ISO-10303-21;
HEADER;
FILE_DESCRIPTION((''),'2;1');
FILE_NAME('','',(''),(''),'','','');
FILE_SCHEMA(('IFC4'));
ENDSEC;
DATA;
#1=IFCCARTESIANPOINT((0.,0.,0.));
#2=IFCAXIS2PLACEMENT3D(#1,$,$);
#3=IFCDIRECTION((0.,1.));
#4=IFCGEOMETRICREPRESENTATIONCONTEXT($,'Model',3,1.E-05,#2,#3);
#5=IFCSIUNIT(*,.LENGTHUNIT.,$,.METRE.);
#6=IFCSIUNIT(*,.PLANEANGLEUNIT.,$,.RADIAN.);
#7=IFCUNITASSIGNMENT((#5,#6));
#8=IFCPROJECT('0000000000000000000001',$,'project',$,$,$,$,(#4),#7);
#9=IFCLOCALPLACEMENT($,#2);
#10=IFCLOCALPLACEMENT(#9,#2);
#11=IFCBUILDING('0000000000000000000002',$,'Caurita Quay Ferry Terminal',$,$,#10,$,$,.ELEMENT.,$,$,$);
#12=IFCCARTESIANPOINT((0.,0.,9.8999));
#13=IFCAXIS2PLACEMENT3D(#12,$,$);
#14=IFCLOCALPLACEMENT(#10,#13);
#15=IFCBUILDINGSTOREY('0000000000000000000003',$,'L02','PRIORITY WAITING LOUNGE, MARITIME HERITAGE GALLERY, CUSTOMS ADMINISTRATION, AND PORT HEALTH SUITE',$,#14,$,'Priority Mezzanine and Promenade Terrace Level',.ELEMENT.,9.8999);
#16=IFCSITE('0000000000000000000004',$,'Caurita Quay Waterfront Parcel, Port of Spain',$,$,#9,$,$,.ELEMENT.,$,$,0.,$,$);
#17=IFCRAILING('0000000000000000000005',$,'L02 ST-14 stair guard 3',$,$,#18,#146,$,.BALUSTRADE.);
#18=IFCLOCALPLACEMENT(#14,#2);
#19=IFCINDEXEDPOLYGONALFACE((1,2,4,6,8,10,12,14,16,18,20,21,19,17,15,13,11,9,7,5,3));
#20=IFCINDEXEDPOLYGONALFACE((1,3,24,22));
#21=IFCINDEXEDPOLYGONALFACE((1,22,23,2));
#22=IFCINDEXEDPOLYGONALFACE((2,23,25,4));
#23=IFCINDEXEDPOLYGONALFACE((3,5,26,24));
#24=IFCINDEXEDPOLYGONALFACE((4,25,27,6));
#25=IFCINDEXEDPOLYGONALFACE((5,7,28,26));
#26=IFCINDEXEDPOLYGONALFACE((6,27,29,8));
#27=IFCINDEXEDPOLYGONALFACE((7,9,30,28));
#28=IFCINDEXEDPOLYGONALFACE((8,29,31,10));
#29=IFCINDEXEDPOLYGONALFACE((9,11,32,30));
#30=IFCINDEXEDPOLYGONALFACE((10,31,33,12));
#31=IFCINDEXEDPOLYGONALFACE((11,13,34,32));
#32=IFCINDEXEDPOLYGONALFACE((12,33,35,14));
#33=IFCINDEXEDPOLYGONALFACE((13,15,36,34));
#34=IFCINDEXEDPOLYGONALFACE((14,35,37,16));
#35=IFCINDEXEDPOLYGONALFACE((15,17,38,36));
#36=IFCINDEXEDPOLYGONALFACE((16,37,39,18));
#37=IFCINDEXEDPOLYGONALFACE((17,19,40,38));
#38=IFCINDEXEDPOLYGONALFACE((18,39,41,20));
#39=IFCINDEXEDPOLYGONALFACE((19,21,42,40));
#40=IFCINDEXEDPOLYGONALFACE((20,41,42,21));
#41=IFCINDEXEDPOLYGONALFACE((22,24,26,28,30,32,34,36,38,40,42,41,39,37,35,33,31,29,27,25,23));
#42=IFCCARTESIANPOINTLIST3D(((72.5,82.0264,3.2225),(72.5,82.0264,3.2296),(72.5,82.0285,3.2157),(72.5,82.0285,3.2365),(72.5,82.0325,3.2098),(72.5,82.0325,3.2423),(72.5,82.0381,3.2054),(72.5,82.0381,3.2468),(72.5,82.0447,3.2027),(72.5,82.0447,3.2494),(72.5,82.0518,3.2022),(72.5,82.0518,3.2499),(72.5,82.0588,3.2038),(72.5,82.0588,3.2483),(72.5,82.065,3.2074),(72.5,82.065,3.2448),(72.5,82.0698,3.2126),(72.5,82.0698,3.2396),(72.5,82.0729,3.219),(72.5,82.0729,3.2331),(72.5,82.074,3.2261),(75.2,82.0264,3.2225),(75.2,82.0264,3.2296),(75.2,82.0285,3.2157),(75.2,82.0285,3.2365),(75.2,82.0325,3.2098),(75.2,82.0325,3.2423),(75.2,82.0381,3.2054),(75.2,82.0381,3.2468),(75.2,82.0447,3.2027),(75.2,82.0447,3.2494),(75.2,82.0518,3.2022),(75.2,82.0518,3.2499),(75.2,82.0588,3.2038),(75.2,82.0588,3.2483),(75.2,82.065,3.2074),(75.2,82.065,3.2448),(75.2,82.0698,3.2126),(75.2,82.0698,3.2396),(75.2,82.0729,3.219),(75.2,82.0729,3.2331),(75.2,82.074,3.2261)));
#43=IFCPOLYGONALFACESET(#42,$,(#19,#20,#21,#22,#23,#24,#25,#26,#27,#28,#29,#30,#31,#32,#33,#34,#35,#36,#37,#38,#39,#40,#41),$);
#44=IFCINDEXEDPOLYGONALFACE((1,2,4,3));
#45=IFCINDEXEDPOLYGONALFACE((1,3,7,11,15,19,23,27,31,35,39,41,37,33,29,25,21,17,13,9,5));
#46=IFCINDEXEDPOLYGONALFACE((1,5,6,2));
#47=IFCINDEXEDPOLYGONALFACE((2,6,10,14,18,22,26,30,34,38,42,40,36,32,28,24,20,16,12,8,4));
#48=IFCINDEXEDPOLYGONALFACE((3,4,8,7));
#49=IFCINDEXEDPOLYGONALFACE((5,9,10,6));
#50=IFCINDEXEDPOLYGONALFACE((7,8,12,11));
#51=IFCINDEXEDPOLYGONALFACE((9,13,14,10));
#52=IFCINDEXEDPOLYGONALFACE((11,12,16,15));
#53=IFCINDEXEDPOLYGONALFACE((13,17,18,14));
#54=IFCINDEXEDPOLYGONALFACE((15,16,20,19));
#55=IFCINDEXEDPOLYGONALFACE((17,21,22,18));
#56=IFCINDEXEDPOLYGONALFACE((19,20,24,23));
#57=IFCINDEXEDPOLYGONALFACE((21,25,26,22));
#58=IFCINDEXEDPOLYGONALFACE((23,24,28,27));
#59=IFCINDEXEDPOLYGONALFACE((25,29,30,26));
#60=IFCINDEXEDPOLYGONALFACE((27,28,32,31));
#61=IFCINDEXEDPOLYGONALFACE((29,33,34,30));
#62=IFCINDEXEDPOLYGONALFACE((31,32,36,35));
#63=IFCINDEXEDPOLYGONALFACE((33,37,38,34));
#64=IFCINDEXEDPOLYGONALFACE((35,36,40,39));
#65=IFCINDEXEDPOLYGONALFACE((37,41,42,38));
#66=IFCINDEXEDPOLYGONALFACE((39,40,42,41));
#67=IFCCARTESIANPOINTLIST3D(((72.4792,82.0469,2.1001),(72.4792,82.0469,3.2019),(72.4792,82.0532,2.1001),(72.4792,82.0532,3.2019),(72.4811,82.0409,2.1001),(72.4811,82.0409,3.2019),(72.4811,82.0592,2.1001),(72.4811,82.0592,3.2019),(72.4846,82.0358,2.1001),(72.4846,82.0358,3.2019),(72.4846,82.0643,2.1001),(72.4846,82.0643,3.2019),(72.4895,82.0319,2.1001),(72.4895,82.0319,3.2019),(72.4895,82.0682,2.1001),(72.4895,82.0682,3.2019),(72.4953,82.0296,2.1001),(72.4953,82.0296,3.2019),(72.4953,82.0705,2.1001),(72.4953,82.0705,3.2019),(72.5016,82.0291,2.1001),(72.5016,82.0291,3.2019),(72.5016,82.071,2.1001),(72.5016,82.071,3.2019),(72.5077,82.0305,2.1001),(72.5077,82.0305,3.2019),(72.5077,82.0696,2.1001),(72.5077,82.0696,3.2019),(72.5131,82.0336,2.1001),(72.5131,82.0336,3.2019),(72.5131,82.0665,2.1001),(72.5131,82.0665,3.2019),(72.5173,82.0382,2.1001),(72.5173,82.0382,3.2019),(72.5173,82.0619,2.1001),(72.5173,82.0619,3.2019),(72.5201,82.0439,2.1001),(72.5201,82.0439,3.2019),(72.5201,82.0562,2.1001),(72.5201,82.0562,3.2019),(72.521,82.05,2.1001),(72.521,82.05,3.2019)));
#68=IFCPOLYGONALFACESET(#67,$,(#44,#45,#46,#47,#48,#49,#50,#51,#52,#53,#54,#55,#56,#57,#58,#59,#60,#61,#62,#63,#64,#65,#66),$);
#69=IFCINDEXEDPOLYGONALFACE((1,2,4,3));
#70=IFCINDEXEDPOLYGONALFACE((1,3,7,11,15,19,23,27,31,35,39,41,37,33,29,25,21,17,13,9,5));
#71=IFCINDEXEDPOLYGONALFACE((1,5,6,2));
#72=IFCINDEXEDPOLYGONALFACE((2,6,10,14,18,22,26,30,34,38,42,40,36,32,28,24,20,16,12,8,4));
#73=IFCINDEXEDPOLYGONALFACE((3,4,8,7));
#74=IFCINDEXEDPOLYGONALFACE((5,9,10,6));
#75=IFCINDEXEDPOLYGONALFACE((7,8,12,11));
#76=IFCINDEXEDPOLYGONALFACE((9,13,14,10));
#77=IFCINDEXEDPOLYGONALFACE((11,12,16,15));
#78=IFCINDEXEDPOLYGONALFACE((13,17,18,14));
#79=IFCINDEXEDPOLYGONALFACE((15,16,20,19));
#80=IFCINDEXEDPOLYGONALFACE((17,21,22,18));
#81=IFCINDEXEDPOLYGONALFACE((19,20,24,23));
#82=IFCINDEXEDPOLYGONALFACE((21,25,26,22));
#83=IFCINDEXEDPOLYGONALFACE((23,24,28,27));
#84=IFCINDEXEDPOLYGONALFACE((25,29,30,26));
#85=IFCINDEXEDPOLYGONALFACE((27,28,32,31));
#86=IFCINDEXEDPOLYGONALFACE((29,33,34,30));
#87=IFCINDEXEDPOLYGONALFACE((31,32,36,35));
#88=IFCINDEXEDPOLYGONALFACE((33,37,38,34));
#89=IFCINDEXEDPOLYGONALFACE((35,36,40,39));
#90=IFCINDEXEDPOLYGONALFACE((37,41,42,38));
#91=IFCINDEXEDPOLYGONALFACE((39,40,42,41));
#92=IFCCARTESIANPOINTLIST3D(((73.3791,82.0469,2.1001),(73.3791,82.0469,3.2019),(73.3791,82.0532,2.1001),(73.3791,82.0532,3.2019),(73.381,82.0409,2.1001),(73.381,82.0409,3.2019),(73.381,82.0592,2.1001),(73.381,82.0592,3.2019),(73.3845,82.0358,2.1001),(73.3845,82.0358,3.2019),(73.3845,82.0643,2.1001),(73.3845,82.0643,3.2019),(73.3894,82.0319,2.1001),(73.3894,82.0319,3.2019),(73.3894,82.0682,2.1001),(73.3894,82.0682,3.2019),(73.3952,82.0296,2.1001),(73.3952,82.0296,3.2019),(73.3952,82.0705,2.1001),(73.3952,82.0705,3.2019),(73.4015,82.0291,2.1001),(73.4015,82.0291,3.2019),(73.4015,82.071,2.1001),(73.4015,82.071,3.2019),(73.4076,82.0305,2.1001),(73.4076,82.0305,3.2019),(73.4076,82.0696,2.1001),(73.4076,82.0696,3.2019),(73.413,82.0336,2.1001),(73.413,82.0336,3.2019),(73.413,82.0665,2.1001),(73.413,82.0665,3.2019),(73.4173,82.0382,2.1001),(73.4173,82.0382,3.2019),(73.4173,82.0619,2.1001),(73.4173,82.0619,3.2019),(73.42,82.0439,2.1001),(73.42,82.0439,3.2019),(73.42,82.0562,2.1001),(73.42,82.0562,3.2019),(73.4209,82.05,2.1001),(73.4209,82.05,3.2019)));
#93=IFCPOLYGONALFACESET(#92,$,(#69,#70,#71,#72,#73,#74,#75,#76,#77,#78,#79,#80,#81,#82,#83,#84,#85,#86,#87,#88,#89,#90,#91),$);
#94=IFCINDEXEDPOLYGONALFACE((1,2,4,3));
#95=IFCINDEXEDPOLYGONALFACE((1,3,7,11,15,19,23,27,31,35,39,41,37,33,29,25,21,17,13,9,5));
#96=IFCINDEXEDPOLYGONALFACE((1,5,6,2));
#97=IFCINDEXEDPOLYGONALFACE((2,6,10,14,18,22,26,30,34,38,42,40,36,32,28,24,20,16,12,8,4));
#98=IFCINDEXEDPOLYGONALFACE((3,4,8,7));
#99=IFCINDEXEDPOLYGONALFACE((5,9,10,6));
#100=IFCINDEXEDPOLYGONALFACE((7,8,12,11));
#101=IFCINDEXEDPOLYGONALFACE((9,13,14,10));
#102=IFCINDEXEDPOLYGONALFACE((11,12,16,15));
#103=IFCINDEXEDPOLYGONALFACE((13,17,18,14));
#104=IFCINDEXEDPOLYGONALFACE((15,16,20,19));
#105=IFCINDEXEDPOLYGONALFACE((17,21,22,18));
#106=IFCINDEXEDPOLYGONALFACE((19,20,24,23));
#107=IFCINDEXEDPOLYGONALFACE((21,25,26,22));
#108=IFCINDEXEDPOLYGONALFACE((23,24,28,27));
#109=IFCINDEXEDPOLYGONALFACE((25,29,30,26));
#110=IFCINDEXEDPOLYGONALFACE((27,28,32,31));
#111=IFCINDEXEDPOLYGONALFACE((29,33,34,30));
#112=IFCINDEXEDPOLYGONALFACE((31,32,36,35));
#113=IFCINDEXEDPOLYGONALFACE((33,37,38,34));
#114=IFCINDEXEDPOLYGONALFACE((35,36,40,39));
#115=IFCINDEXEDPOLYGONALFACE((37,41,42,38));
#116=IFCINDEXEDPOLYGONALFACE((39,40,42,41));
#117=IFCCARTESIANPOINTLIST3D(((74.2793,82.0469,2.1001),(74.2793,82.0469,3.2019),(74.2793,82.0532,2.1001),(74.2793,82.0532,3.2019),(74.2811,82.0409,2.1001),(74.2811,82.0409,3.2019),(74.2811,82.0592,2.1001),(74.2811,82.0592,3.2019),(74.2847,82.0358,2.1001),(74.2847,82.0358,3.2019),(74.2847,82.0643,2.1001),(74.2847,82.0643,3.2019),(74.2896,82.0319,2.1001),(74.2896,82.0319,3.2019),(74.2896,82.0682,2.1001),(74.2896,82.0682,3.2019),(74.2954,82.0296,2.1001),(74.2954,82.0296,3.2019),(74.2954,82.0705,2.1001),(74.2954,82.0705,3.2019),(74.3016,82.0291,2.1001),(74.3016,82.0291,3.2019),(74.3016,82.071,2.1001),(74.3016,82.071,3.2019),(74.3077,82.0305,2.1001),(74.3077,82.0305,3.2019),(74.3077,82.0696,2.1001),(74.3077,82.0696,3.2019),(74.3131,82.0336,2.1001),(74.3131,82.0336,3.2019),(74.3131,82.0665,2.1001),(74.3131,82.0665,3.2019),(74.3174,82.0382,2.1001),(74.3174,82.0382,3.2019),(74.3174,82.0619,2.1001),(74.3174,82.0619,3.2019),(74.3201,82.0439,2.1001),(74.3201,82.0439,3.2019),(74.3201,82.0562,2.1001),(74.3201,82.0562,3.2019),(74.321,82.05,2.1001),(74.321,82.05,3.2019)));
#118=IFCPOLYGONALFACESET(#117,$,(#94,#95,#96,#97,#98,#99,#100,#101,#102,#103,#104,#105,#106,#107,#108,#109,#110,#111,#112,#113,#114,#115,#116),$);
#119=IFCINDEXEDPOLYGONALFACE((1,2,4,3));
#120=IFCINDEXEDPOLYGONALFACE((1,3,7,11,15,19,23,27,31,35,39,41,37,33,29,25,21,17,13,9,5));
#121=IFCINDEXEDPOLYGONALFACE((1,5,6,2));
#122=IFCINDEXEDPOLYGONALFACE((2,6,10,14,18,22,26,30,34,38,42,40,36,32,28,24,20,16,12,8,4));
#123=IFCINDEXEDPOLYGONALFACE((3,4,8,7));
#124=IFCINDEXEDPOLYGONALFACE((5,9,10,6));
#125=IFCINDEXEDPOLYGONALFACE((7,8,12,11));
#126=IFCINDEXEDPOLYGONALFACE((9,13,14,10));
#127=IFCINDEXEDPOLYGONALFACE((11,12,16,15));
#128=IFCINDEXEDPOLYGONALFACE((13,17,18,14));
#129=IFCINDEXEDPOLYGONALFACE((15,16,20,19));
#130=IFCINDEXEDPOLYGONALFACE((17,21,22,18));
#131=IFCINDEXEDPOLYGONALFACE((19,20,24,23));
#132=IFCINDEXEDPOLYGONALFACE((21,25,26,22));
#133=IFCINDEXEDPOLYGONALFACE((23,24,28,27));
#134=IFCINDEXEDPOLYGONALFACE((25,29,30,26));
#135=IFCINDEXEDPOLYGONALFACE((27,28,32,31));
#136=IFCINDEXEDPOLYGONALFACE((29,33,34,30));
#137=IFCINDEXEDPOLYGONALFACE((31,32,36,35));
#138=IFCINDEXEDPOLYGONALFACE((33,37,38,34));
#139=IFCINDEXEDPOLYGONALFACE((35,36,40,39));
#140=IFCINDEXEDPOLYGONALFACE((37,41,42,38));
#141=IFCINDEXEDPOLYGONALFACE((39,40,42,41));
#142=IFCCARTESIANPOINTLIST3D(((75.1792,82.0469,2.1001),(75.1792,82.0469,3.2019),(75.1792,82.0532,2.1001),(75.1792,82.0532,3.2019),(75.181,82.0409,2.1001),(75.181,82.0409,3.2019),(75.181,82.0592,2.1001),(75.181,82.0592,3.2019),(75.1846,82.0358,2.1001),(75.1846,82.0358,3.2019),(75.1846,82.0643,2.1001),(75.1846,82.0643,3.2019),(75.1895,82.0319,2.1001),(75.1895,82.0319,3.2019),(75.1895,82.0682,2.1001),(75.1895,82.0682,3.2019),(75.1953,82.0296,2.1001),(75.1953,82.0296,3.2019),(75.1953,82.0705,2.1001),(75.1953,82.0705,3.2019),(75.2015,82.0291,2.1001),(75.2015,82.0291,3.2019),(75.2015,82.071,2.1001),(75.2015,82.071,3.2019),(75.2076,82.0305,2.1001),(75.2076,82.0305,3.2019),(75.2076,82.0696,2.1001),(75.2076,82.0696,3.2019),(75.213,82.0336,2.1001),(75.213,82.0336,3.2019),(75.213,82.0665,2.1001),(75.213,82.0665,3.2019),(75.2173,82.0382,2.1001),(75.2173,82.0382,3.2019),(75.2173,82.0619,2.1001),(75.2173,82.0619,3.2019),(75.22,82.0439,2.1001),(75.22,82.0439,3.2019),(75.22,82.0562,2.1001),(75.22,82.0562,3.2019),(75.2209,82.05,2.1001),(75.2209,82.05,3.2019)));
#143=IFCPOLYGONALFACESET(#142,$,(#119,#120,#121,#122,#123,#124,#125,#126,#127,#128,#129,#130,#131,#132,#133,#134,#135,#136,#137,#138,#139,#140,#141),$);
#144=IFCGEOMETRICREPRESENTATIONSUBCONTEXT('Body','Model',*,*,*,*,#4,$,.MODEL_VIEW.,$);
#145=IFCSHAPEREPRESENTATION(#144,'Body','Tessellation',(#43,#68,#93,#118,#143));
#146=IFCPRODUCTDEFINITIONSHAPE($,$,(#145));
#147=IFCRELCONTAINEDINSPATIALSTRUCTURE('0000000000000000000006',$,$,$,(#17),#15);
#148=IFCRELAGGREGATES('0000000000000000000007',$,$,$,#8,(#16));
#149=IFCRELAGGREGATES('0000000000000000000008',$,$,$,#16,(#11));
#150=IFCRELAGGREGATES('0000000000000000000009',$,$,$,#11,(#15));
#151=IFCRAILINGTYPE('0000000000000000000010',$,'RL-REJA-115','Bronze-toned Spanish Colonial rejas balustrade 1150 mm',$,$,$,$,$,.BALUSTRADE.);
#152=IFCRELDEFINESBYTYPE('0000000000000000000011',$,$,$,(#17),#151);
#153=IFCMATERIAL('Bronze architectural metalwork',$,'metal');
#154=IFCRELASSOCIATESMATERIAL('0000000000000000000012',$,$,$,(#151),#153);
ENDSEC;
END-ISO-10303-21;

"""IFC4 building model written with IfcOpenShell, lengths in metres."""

from ifc_helpers import new_model, si_unit, direction, frame, origin, origin_2d, place, context, subcontext, project, spatial, circle, extrude, material, type_object, element, save


model = new_model("IFC4")

# Units and contexts
model_context = context("Model", 3, precision=1e-05, world=origin(), true_north=direction((0.0, 1.0)))
body_context = subcontext(model_context, "Body", "Model", "MODEL_VIEW")
ifc_project = project(units=[si_unit("LENGTHUNIT", "METRE"), si_unit("PLANEANGLEUNIT", "RADIAN")], contexts=[model_context])

# Site, building, storey
site_placement = place(None, origin())
site = spatial("IfcSite", under=ifc_project, at=site_placement, Name="Caurita Quay Waterfront Parcel, Port of Spain", CompositionType="ELEMENT", RefElevation=0.0)
building_placement = place(site_placement, origin())
building = spatial("IfcBuilding", under=site, at=building_placement, Name="Caurita Quay Ferry Terminal", CompositionType="ELEMENT")
storey_placement = place(building_placement, frame((0.0, 0.0, 9.8999)))
storey = spatial("IfcBuildingStorey", under=building, at=storey_placement, Name="L02", Description="PRIORITY WAITING LOUNGE, MARITIME HERITAGE GALLERY, CUSTOMS ADMINISTRATION, AND PORT HEALTH SUITE", LongName="Priority Mezzanine and Promenade Terrace Level", CompositionType="ELEMENT", Elevation=9.8999)

# Railing
ifc_material_1 = material(Name="Bronze architectural metalwork", Category="metal")
railing_type_1 = type_object("IfcRailingType", Name="RL-REJA-115", Description="Bronze-toned Spanish Colonial rejas balustrade 1150 mm", PredefinedType="BALUSTRADE", material=ifc_material_1)
for number, where, name in (
    (1, (72.5, 82.05, 2.1001), "L02 ST-14 stair guard 3"),
):
    element("IfcRailing", number, at=place(storey_placement, frame(where)), inside=storey, type_object=railing_type_1, Name=name, PredefinedType="BALUSTRADE", context=body_context, shape_type="SweptSolid", body=[
        extrude(circle(Radius=0.0239, at=origin_2d()), frame((0.0, 0.0, 1.126), z_axis=(1.0, 0.0, 0.0), x_axis=(0.0, 1.0, 0.0)), (0.0, 0.0, 1.0), 2.7),
        extrude(circle(Radius=0.021, at=origin_2d()), origin(), (0.0, 0.0, 1.0), 1.1018),
        extrude(circle(Radius=0.021, at=origin_2d()), frame((0.8999, 0.0, 0.0)), (0.0, 0.0, 1.0), 1.1018),
        extrude(circle(Radius=0.021, at=origin_2d()), frame((1.8, 0.0, 0.0)), (0.0, 0.0, 1.0), 1.1018),
        extrude(circle(Radius=0.021, at=origin_2d()), frame((2.7, 0.0, 0.0)), (0.0, 0.0, 1.0), 1.1018),
    ])

save(model, "model.ifc")
